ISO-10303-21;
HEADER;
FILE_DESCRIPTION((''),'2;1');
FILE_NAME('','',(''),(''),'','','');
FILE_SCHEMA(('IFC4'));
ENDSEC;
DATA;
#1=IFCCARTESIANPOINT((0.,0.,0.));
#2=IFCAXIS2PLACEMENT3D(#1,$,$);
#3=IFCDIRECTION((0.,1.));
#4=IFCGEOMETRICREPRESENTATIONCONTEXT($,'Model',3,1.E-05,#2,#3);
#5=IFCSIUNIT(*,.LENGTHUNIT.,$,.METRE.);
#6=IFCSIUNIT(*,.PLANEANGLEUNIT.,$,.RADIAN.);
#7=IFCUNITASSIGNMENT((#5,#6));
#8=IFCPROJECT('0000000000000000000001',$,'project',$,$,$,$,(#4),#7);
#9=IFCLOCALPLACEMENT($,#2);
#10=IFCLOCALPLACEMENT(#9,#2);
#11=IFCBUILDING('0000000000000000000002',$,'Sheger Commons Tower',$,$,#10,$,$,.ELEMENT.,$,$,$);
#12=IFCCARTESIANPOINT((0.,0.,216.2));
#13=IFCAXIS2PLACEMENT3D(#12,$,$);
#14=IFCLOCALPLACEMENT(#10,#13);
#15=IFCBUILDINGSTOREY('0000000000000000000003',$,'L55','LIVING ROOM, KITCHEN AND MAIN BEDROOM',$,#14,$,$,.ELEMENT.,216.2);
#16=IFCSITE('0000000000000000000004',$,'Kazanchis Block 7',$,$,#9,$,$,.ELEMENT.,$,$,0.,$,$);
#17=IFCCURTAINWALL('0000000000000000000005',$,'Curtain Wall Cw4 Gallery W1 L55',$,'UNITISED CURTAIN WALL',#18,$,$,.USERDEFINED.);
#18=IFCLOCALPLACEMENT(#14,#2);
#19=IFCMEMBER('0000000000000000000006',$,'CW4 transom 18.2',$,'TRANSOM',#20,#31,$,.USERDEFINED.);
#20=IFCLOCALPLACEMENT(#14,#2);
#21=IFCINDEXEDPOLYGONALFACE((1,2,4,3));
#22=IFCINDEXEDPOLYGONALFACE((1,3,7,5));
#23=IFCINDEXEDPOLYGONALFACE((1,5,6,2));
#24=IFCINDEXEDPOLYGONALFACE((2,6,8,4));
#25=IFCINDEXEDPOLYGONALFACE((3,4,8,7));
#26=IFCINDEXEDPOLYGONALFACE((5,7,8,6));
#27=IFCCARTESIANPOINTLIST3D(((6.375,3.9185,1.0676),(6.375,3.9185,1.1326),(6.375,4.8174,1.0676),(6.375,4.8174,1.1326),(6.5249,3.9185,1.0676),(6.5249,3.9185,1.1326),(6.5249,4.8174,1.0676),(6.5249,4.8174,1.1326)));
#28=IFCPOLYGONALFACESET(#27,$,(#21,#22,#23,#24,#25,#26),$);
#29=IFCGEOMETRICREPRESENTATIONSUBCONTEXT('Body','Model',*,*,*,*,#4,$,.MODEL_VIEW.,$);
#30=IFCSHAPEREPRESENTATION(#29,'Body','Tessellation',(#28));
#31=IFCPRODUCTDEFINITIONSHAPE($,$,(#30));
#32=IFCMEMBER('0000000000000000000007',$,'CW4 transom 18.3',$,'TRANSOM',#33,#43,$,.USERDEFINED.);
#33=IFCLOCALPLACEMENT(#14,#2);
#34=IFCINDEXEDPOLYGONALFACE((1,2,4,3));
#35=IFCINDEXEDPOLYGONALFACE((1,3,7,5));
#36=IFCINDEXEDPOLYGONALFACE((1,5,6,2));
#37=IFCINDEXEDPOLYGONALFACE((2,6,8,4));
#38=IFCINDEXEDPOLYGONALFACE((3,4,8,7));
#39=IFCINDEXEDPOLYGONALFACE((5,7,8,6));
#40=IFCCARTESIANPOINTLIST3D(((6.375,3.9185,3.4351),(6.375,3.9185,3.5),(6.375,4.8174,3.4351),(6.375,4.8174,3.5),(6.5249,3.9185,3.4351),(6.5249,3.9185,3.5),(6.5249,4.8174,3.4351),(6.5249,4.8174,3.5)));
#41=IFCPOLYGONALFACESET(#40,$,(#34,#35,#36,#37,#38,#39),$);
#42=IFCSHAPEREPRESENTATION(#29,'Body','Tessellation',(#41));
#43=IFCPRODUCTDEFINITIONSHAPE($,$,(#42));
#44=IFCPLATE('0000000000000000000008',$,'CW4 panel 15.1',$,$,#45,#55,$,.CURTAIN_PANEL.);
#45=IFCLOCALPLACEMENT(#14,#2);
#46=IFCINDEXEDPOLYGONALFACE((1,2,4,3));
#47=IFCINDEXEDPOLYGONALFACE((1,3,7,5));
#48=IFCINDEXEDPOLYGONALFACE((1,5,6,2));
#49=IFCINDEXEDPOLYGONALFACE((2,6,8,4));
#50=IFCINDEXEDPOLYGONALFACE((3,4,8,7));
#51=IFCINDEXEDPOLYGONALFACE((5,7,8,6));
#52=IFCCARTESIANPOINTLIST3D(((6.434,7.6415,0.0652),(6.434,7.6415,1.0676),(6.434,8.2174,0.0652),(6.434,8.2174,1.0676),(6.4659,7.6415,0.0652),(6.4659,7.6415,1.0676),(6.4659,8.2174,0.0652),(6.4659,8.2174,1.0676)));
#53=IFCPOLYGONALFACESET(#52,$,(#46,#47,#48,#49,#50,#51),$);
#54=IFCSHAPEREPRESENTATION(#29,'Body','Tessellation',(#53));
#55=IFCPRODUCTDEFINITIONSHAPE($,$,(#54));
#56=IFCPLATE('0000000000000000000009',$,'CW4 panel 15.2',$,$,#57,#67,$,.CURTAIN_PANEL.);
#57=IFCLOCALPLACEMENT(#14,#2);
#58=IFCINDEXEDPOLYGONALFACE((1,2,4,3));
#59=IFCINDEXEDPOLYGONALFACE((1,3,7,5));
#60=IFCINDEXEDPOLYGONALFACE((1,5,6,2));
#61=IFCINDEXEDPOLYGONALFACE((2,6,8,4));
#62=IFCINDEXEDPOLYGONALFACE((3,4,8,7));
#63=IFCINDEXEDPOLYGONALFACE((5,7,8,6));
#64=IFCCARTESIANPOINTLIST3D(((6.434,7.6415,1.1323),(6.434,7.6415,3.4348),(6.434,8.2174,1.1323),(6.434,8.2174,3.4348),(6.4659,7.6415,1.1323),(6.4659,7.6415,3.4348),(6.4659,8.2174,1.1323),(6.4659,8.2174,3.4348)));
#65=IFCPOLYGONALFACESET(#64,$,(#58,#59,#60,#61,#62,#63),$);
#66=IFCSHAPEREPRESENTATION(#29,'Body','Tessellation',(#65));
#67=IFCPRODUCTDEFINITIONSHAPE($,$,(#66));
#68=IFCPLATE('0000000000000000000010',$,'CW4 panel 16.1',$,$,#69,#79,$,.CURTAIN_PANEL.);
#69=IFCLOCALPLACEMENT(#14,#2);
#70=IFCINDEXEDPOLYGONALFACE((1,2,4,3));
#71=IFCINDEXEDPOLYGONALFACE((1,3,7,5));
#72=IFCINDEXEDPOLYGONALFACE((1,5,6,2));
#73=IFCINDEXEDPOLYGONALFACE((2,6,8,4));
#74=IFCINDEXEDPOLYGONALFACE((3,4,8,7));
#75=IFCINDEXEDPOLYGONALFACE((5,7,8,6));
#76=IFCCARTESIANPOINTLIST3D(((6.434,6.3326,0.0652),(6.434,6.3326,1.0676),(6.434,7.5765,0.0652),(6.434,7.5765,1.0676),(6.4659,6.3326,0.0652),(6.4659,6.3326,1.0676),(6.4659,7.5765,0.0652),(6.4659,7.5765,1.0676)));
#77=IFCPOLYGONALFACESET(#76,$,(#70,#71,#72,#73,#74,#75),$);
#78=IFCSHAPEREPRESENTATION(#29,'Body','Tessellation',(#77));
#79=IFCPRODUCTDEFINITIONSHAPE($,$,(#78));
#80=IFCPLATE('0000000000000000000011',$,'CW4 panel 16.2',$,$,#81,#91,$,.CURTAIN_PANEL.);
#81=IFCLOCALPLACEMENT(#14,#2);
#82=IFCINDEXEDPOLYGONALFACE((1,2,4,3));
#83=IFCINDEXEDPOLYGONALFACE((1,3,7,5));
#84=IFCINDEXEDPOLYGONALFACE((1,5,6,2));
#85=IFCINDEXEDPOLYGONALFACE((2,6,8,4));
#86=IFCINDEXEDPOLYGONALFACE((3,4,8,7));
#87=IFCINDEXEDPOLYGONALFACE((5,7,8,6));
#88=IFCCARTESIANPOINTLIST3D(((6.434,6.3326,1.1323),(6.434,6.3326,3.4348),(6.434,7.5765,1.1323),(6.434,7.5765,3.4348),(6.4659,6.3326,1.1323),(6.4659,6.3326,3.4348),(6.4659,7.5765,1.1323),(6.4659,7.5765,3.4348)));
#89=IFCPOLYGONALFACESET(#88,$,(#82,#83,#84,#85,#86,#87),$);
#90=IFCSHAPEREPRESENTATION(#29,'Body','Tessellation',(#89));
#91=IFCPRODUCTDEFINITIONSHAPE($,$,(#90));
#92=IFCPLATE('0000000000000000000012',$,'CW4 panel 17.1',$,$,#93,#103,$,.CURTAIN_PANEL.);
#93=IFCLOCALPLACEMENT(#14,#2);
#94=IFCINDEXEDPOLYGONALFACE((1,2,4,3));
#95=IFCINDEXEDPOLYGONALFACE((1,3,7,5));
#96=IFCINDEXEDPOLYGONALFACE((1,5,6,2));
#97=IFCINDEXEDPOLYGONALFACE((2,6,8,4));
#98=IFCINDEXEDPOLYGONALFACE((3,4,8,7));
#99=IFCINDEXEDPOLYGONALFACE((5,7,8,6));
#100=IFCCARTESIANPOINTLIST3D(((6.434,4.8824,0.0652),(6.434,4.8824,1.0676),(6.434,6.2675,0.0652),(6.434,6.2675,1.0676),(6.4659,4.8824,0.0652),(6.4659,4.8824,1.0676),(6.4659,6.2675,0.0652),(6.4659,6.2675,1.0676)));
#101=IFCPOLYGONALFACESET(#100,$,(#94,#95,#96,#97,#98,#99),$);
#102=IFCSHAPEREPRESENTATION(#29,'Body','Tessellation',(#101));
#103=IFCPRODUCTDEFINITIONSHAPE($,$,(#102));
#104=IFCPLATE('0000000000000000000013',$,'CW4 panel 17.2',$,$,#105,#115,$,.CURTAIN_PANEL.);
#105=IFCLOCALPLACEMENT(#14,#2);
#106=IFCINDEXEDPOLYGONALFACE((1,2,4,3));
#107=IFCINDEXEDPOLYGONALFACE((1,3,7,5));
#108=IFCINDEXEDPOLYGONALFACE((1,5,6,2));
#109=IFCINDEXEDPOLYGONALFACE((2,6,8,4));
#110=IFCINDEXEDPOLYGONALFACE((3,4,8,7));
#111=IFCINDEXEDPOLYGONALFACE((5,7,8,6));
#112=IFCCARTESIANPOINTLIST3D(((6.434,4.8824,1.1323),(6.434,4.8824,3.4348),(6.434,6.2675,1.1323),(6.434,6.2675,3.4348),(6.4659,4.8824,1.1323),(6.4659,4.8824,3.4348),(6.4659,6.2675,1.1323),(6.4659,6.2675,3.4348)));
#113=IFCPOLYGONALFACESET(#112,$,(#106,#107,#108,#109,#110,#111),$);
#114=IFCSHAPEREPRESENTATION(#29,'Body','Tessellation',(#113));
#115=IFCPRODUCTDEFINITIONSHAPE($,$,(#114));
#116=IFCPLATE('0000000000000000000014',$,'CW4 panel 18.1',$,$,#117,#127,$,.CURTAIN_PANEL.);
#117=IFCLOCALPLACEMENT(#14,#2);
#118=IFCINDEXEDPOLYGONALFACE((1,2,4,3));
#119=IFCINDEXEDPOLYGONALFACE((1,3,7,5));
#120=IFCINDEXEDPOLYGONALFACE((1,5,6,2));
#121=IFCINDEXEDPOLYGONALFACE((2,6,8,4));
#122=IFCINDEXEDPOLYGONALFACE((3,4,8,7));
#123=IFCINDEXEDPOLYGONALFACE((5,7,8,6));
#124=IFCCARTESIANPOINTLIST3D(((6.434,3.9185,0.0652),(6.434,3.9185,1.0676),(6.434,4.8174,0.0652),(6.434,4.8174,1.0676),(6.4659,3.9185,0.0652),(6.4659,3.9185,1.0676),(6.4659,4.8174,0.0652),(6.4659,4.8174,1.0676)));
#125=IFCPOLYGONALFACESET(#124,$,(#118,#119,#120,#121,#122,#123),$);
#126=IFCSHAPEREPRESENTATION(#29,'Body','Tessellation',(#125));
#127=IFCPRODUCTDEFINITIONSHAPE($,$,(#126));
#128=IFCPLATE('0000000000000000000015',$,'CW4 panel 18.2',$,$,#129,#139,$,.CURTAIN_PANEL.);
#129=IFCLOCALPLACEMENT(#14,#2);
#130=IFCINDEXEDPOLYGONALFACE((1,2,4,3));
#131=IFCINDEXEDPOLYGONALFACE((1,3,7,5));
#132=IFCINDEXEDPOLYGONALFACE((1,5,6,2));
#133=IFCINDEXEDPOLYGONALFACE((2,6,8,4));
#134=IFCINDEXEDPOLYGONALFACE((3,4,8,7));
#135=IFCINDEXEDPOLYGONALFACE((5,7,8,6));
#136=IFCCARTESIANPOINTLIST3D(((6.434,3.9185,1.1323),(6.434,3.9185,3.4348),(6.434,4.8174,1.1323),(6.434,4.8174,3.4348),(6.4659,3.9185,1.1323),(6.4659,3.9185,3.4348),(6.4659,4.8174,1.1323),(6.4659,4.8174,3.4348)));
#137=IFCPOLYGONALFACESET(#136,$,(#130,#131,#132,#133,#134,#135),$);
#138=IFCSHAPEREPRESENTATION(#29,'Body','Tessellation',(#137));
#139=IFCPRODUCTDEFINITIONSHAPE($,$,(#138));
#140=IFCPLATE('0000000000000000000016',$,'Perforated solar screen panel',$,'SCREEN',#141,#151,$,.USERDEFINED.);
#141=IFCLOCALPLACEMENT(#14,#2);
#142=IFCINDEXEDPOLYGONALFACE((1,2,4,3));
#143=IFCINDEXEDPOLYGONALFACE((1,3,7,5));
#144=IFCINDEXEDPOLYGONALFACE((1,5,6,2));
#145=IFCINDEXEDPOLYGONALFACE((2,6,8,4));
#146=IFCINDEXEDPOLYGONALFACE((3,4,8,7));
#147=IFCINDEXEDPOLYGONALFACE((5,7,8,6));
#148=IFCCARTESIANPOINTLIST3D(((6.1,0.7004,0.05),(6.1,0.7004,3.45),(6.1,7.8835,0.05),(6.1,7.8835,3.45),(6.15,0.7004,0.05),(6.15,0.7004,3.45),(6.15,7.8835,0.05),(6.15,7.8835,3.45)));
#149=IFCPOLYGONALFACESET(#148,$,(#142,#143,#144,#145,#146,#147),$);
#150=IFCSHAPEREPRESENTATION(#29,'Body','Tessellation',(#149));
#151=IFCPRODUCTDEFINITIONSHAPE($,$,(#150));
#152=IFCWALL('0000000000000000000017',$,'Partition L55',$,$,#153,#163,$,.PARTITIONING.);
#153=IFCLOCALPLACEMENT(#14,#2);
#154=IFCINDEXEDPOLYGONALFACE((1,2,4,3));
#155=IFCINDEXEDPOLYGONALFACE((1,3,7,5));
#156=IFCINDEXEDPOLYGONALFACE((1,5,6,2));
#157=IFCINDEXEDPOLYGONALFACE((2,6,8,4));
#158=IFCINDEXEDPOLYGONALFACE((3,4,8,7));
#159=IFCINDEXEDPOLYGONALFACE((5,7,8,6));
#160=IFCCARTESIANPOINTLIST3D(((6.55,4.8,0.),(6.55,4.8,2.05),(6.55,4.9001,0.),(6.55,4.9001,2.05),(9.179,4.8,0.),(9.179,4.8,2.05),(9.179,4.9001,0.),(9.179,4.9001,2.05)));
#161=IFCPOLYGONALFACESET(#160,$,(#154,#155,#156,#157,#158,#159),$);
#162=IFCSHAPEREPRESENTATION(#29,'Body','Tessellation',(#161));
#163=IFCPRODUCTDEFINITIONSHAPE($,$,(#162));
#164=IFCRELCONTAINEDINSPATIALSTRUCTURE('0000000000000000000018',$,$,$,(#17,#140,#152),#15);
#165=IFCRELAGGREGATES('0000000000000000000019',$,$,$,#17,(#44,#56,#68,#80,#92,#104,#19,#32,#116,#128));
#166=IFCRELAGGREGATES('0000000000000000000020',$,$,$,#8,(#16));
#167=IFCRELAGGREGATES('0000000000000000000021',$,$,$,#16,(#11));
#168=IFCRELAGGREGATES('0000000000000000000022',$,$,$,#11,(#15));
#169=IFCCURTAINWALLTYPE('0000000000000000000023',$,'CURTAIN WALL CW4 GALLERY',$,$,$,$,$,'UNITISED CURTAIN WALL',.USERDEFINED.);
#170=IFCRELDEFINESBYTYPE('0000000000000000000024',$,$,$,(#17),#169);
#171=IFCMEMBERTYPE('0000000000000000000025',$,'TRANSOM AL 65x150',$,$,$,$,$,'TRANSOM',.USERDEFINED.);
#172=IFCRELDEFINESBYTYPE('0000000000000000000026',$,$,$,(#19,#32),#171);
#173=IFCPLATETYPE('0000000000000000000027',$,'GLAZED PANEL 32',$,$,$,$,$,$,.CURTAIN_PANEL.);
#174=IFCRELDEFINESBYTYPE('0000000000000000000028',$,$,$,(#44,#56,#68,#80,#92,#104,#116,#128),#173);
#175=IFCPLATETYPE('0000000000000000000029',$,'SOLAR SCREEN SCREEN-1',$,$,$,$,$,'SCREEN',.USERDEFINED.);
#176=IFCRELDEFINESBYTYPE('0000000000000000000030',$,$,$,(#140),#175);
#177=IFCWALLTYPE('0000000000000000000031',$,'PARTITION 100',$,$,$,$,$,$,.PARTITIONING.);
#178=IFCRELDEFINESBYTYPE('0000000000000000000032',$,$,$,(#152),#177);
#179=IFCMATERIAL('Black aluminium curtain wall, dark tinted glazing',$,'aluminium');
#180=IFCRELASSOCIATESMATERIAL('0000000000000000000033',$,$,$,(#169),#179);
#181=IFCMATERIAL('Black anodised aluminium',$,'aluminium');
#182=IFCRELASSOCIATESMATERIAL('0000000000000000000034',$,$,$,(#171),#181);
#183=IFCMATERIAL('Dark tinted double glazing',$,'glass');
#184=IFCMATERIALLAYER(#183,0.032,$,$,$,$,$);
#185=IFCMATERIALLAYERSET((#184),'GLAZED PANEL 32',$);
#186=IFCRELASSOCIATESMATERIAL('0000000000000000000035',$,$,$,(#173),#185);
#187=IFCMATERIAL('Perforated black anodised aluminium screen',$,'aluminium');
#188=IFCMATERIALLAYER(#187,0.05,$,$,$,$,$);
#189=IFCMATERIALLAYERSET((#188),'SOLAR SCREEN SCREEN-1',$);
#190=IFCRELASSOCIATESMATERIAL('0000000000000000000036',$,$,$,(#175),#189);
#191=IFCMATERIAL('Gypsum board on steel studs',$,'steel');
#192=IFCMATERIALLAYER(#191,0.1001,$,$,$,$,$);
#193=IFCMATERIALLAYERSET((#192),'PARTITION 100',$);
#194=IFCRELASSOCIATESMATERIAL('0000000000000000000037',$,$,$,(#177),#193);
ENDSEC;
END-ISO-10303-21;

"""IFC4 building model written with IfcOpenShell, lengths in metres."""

from ifc_helpers import new_model, si_unit, direction, frame, frame_2d, origin, origin_2d, place, context, subcontext, project, spatial, rectangle, extrude, material, layer, layer_set, material_profile, profile_set, type_object, element, aggregate, save


model = new_model("IFC4")

# Units and contexts
model_context = context("Model", 3, precision=1e-05, world=origin(), true_north=direction((0.0, 1.0)))
body_context = subcontext(model_context, "Body", "Model", "MODEL_VIEW")
ifc_project = project(units=[si_unit("LENGTHUNIT", "METRE"), si_unit("PLANEANGLEUNIT", "RADIAN")], contexts=[model_context])

# Site, building, storey
site_placement = place(None, origin())
site = spatial("IfcSite", under=ifc_project, at=site_placement, Name="Kazanchis Block 7", CompositionType="ELEMENT", RefElevation=0.0)
building_placement = place(site_placement, origin())
building = spatial("IfcBuilding", under=site, at=building_placement, Name="Sheger Commons Tower", CompositionType="ELEMENT")
storey_placement = place(building_placement, frame((0.0, 0.0, 216.2)))
storey = spatial("IfcBuildingStorey", under=building, at=storey_placement, Name="L55", Description="LIVING ROOM, KITCHEN AND MAIN BEDROOM", CompositionType="ELEMENT", Elevation=216.2)

# Curtain wall
ifc_material_1 = material(Name="Black aluminium curtain wall, dark tinted glazing", Category="aluminium")
curtain_wall_type = type_object("IfcCurtainWallType", Name="CURTAIN WALL CW4 GALLERY", ElementType="UNITISED CURTAIN WALL", PredefinedType="USERDEFINED", material=ifc_material_1)
curtain_wall_placement = place(storey_placement, origin())
curtain_wall = element("IfcCurtainWall", 1, at=curtain_wall_placement, inside=storey, type_object=curtain_wall_type, Name="Curtain Wall Cw4 Gallery W1 L55", ObjectType="UNITISED CURTAIN WALL", PredefinedType="USERDEFINED")

# Members
ifc_material_2 = material(Name="Black anodised aluminium", Category="aluminium")
ifc_material_profile_1 = material_profile(ifc_material_2, rectangle(XDim=0.1499, YDim=0.0649, at=origin_2d()), Name="AL 65x150")
ifc_profile_set_1 = profile_set([ifc_material_profile_1], Name="Black anodised aluminium")
member_type_1 = type_object("IfcMemberType", Name="TRANSOM AL 65x150", ElementType="TRANSOM", PredefinedType="USERDEFINED", material=ifc_profile_set_1)
member_1_placement = place(storey_placement, frame((6.45, 4.8174, 1.1001), z_axis=(0.0, -1.0, 0.0), x_axis=(1.0, 0.0, 0.0)))
member_1 = element("IfcMember", 2, at=member_1_placement, type_object=member_type_1, Name="CW4 transom 18.2", ObjectType="TRANSOM", PredefinedType="USERDEFINED", context=body_context, shape_type="SweptSolid", body=[
    extrude(rectangle(XDim=0.1499, YDim=0.0649, at=origin_2d()), origin(), (0.0, 0.0, 1.0), 0.8989),
])
member_2_placement = place(storey_placement, frame((6.45, 4.8174, 3.4675), z_axis=(0.0, -1.0, 0.0), x_axis=(1.0, 0.0, 0.0)))
member_2 = element("IfcMember", 3, at=member_2_placement, type_object=member_type_1, Name="CW4 transom 18.3", ObjectType="TRANSOM", PredefinedType="USERDEFINED", context=body_context, shape_type="SweptSolid", body=[
    extrude(rectangle(XDim=0.1499, YDim=0.0649, at=origin_2d()), origin(), (0.0, 0.0, 1.0), 0.8989),
])

# Plates
ifc_material_3 = material(Name="Dark tinted double glazing", Category="glass")
ifc_layer_1 = layer(ifc_material_3, 0.032)
ifc_layer_set_1 = layer_set([ifc_layer_1], Name="GLAZED PANEL 32")
plate_type_1 = type_object("IfcPlateType", Name="GLAZED PANEL 32", PredefinedType="CURTAIN_PANEL", material=ifc_layer_set_1)
plate_1_placement = place(storey_placement, frame((6.45, 7.9294, 0.0652), z_axis=(0.0, 0.0, 1.0), x_axis=(0.0, -1.0, 0.0)))
plate_1 = element("IfcPlate", 4, at=plate_1_placement, type_object=plate_type_1, Name="CW4 panel 15.1", PredefinedType="CURTAIN_PANEL", context=body_context, shape_type="SweptSolid", body=[
    extrude(rectangle(XDim=0.5759, YDim=0.032, at=origin_2d()), origin(), (0.0, 0.0, 1.0), 1.0024),
])
plate_2_placement = place(storey_placement, frame((6.45, 7.9294, 1.1323), z_axis=(0.0, 0.0, 1.0), x_axis=(0.0, -1.0, 0.0)))
plate_2 = element("IfcPlate", 5, at=plate_2_placement, type_object=plate_type_1, Name="CW4 panel 15.2", PredefinedType="CURTAIN_PANEL", context=body_context, shape_type="SweptSolid", body=[
    extrude(rectangle(XDim=0.5759, YDim=0.032, at=origin_2d()), origin(), (0.0, 0.0, 1.0), 2.3025),
])
plate_3_placement = place(storey_placement, frame((6.45, 6.9546, 0.0652), z_axis=(0.0, 0.0, 1.0), x_axis=(0.0, -1.0, 0.0)))
plate_3 = element("IfcPlate", 6, at=plate_3_placement, type_object=plate_type_1, Name="CW4 panel 16.1", PredefinedType="CURTAIN_PANEL", context=body_context, shape_type="SweptSolid", body=[
    extrude(rectangle(XDim=1.2439, YDim=0.032, at=origin_2d()), origin(), (0.0, 0.0, 1.0), 1.0024),
])
plate_4_placement = place(storey_placement, frame((6.45, 6.9546, 1.1323), z_axis=(0.0, 0.0, 1.0), x_axis=(0.0, -1.0, 0.0)))
plate_4 = element("IfcPlate", 7, at=plate_4_placement, type_object=plate_type_1, Name="CW4 panel 16.2", PredefinedType="CURTAIN_PANEL", context=body_context, shape_type="SweptSolid", body=[
    extrude(rectangle(XDim=1.2439, YDim=0.032, at=origin_2d()), origin(), (0.0, 0.0, 1.0), 2.3025),
])
plate_5_placement = place(storey_placement, frame((6.45, 5.575, 0.0652), z_axis=(0.0, 0.0, 1.0), x_axis=(0.0, -1.0, 0.0)))
plate_5 = element("IfcPlate", 8, at=plate_5_placement, type_object=plate_type_1, Name="CW4 panel 17.1", PredefinedType="CURTAIN_PANEL", context=body_context, shape_type="SweptSolid", body=[
    extrude(rectangle(XDim=1.385, YDim=0.032, at=origin_2d()), origin(), (0.0, 0.0, 1.0), 1.0024),
])
plate_6_placement = place(storey_placement, frame((6.45, 5.575, 1.1323), z_axis=(0.0, 0.0, 1.0), x_axis=(0.0, -1.0, 0.0)))
plate_6 = element("IfcPlate", 9, at=plate_6_placement, type_object=plate_type_1, Name="CW4 panel 17.2", PredefinedType="CURTAIN_PANEL", context=body_context, shape_type="SweptSolid", body=[
    extrude(rectangle(XDim=1.385, YDim=0.032, at=origin_2d()), origin(), (0.0, 0.0, 1.0), 2.3025),
])
plate_7_placement = place(storey_placement, frame((6.45, 4.3679, 0.0652), z_axis=(0.0, 0.0, 1.0), x_axis=(0.0, -1.0, 0.0)))
plate_7 = element("IfcPlate", 10, at=plate_7_placement, type_object=plate_type_1, Name="CW4 panel 18.1", PredefinedType="CURTAIN_PANEL", context=body_context, shape_type="SweptSolid", body=[
    extrude(rectangle(XDim=0.8989, YDim=0.032, at=origin_2d()), origin(), (0.0, 0.0, 1.0), 1.0024),
])
plate_8_placement = place(storey_placement, frame((6.45, 4.3679, 1.1323), z_axis=(0.0, 0.0, 1.0), x_axis=(0.0, -1.0, 0.0)))
plate_8 = element("IfcPlate", 11, at=plate_8_placement, type_object=plate_type_1, Name="CW4 panel 18.2", PredefinedType="CURTAIN_PANEL", context=body_context, shape_type="SweptSolid", body=[
    extrude(rectangle(XDim=0.8989, YDim=0.032, at=origin_2d()), origin(), (0.0, 0.0, 1.0), 2.3025),
])
aggregate(curtain_wall, [plate_1, plate_2, plate_3, plate_4, plate_5, plate_6, member_1, member_2, plate_7, plate_8])
ifc_material_4 = material(Name="Perforated black anodised aluminium screen", Category="aluminium")
ifc_layer_2 = layer(ifc_material_4, 0.05)
ifc_layer_set_2 = layer_set([ifc_layer_2], Name="SOLAR SCREEN SCREEN-1")
plate_type_2 = type_object("IfcPlateType", Name="SOLAR SCREEN SCREEN-1", ElementType="SCREEN", PredefinedType="USERDEFINED", material=ifc_layer_set_2)
plate_9_placement = place(storey_placement, frame((6.125, 4.292, 0.05), z_axis=(0.0, 0.0, 1.0), x_axis=(0.0, -1.0, 0.0)))
element("IfcPlate", 12, at=plate_9_placement, inside=storey, type_object=plate_type_2, Name="Perforated solar screen panel", ObjectType="SCREEN", PredefinedType="USERDEFINED", context=body_context, shape_type="SweptSolid", body=[
    extrude(rectangle(XDim=7.1831, YDim=0.05, at=origin_2d()), origin(), (0.0, 0.0, 1.0), 3.3999),
])

# Wall
ifc_material_5 = material(Name="Gypsum board on steel studs", Category="steel")
ifc_layer_3 = layer(ifc_material_5, 0.1001)
ifc_layer_set_3 = layer_set([ifc_layer_3], Name="PARTITION 100")
wall_type = type_object("IfcWallType", Name="PARTITION 100", PredefinedType="PARTITIONING", material=ifc_layer_set_3)
wall_1_placement = place(storey_placement, frame((9.179, 4.8501, 0.0), z_axis=(0.0, 0.0, 1.0), x_axis=(-1.0, 0.0, 0.0)))
element("IfcWall", 13, at=wall_1_placement, inside=storey, type_object=wall_type, Name="Partition L55", PredefinedType="PARTITIONING", context=body_context, shape_type="SweptSolid", body=[
    extrude(rectangle(XDim=2.6289, YDim=0.1001, at=frame_2d((1.3145, 0.0))), origin(), (0.0, 0.0, 1.0), 2.05),
])

save(model, "model.ifc")
